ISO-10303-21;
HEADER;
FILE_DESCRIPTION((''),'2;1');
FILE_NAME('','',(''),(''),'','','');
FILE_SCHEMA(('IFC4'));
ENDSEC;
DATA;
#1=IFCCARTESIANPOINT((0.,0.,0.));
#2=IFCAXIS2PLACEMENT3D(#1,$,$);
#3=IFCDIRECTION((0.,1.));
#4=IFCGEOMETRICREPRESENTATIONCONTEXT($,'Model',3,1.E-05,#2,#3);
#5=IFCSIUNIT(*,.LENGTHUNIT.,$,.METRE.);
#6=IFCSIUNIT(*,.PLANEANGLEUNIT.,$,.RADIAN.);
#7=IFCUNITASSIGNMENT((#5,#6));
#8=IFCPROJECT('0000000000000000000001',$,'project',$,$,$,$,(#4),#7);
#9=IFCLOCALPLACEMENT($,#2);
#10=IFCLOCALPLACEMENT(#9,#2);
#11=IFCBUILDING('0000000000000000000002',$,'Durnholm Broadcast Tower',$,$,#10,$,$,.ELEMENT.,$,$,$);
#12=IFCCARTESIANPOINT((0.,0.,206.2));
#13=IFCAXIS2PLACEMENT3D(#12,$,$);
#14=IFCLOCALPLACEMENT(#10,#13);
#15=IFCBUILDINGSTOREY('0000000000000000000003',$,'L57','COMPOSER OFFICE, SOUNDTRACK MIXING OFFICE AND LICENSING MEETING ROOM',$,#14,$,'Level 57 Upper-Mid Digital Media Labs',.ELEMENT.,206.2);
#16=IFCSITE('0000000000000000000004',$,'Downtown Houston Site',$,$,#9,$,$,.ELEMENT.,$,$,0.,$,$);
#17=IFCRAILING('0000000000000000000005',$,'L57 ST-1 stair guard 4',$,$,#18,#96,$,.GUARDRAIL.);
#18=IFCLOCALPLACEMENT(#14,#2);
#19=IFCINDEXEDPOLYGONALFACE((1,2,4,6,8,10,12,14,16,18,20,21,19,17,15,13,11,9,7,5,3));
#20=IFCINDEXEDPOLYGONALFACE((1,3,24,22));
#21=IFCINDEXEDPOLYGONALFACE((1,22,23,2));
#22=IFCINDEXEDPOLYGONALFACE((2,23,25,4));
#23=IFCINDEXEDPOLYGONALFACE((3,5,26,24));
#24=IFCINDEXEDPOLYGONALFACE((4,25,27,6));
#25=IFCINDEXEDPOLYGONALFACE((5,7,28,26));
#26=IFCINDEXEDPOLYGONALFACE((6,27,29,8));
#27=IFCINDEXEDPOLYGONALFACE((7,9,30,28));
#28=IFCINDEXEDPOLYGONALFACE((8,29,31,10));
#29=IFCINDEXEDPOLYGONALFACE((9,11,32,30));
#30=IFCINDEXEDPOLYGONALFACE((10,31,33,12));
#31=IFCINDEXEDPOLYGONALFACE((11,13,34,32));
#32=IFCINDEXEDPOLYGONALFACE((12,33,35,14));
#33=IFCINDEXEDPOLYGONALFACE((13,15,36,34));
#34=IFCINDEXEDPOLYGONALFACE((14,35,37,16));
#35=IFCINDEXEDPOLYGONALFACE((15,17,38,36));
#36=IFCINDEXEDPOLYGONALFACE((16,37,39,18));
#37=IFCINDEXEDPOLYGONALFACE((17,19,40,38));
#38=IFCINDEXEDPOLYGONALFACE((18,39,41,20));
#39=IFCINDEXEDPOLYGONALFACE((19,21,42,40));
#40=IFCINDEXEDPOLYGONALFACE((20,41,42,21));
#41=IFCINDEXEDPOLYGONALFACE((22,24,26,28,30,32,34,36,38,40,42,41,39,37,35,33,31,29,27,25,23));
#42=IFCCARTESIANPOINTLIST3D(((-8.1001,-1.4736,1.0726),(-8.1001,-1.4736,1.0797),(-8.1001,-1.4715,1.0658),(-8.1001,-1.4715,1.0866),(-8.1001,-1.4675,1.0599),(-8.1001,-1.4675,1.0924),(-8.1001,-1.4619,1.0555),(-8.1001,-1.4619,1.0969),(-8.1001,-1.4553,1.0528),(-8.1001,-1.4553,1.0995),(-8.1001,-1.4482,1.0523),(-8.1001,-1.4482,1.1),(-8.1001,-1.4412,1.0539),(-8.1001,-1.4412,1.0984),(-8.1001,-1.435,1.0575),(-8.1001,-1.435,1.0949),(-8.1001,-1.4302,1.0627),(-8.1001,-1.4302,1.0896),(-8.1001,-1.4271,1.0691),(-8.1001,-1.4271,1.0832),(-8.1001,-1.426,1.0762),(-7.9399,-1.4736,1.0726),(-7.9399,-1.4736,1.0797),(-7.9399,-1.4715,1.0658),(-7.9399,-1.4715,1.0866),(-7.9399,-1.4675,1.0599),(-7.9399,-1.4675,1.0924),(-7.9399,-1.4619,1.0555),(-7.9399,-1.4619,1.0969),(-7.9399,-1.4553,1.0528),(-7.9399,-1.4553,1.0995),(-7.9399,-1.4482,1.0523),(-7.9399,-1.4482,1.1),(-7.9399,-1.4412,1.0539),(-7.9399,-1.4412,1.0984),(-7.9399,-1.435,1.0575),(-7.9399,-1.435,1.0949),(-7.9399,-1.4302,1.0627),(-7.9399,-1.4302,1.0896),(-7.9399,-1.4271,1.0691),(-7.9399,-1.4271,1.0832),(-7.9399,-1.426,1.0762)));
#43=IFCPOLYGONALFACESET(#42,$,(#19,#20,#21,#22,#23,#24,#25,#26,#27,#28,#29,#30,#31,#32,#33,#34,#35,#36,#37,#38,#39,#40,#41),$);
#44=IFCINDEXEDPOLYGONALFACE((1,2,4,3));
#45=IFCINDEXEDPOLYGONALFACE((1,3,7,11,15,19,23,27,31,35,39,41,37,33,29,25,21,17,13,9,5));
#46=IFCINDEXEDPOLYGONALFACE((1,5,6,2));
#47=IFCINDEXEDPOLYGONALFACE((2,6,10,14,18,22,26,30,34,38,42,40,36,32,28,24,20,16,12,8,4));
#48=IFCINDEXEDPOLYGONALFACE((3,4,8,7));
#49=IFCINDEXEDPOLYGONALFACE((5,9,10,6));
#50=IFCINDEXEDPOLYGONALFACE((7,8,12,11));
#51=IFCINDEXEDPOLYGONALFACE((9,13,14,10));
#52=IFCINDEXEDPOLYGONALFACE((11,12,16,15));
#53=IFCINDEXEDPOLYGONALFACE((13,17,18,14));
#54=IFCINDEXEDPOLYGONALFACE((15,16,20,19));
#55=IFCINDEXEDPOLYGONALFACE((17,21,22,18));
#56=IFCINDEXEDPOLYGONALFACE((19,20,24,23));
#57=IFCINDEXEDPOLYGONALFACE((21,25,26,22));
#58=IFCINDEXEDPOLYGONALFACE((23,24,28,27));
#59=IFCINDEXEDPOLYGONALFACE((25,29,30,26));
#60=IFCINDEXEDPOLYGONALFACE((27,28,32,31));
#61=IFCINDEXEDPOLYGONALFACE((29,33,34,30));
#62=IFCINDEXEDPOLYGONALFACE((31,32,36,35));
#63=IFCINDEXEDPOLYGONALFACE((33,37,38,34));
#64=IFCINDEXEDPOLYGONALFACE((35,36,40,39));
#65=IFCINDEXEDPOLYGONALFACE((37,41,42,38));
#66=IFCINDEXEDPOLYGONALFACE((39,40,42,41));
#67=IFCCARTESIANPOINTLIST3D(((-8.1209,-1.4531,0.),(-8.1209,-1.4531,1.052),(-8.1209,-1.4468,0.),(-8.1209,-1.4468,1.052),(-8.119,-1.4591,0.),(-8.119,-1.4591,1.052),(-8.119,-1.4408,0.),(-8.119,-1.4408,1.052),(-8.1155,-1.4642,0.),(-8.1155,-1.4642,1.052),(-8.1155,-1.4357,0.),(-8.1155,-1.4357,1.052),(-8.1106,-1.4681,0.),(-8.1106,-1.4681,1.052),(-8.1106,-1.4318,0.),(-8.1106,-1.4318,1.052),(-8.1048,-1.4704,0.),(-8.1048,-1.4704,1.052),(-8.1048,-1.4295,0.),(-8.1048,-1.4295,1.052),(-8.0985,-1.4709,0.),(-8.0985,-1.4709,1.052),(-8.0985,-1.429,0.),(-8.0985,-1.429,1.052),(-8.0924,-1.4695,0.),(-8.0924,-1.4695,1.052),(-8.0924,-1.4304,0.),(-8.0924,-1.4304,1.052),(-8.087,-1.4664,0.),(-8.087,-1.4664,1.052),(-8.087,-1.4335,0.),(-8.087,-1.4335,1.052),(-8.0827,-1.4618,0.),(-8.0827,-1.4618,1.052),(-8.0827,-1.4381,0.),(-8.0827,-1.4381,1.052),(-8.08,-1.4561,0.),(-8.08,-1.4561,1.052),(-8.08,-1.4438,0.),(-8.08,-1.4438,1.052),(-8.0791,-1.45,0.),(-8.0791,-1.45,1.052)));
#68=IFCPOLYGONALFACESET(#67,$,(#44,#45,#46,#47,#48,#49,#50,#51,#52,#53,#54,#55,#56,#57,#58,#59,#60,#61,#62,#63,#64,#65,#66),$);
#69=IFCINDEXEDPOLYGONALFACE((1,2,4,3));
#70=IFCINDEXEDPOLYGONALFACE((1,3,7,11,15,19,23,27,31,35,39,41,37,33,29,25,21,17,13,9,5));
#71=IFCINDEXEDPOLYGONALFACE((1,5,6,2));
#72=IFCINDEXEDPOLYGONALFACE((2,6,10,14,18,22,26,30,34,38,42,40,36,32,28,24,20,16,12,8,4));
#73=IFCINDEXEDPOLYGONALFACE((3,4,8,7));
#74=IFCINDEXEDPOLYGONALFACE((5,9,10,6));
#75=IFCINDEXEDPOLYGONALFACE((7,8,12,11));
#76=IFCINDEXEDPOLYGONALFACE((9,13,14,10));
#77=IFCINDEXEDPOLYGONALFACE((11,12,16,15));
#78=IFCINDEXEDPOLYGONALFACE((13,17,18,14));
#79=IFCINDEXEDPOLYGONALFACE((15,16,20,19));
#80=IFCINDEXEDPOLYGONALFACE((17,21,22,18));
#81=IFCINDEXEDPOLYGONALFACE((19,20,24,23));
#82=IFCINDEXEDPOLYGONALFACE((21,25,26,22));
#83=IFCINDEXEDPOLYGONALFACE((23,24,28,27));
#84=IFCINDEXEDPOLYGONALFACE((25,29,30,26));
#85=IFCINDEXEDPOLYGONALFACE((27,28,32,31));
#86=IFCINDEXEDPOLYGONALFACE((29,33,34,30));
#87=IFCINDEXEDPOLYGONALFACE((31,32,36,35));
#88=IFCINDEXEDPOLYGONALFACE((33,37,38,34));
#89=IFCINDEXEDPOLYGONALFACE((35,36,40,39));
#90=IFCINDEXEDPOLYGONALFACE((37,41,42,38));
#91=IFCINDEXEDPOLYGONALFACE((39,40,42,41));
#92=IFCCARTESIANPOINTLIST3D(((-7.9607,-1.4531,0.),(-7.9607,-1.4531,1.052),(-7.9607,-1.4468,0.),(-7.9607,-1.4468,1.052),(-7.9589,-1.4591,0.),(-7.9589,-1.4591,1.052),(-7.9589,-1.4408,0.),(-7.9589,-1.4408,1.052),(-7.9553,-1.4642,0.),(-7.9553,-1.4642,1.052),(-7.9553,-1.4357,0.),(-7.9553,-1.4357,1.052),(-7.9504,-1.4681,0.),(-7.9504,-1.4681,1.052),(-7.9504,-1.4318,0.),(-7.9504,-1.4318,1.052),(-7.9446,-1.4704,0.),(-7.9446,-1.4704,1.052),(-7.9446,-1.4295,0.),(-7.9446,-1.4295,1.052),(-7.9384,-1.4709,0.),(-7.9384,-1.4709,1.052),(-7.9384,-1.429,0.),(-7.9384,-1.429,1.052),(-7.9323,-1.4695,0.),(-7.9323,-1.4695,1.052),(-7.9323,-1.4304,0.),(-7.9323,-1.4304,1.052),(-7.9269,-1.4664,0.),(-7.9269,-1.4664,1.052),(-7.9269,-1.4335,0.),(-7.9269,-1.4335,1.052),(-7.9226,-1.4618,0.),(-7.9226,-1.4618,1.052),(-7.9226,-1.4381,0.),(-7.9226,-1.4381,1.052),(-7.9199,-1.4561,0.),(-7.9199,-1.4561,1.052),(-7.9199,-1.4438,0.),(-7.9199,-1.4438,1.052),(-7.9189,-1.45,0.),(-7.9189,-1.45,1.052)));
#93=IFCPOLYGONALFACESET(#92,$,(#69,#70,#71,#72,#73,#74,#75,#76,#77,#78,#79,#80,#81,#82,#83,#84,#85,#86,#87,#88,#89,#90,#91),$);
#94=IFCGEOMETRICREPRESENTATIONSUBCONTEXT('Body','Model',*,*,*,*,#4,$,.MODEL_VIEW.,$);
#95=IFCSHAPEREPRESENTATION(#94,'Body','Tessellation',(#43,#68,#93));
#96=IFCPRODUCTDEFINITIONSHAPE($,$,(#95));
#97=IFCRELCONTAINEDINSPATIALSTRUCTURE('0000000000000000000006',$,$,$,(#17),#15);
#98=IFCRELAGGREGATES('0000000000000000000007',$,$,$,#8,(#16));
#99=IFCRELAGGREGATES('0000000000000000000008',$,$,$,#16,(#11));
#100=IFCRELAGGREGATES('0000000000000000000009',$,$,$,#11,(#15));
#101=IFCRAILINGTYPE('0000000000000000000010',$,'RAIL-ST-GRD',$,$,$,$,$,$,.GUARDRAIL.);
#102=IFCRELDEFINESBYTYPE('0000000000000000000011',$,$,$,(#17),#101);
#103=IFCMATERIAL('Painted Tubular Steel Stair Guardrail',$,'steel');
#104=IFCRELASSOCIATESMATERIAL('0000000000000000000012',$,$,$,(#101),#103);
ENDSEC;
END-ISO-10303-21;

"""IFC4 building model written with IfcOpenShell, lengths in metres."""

from ifc_helpers import new_model, si_unit, direction, frame, origin, origin_2d, place, context, subcontext, project, spatial, circle, extrude, material, type_object, element, save


model = new_model("IFC4")

# Units and contexts
model_context = context("Model", 3, precision=1e-05, world=origin(), true_north=direction((0.0, 1.0)))
body_context = subcontext(model_context, "Body", "Model", "MODEL_VIEW")
ifc_project = project(units=[si_unit("LENGTHUNIT", "METRE"), si_unit("PLANEANGLEUNIT", "RADIAN")], contexts=[model_context])

# Site, building, storey
site_placement = place(None, origin())
site = spatial("IfcSite", under=ifc_project, at=site_placement, Name="Downtown Houston Site", CompositionType="ELEMENT", RefElevation=0.0)
building_placement = place(site_placement, origin())
building = spatial("IfcBuilding", under=site, at=building_placement, Name="Durnholm Broadcast Tower", CompositionType="ELEMENT")
storey_placement = place(building_placement, frame((0.0, 0.0, 206.2)))
storey = spatial("IfcBuildingStorey", under=building, at=storey_placement, Name="L57", Description="COMPOSER OFFICE, SOUNDTRACK MIXING OFFICE AND LICENSING MEETING ROOM", LongName="Level 57 Upper-Mid Digital Media Labs", CompositionType="ELEMENT", Elevation=206.2)

# Railing
ifc_material_1 = material(Name="Painted Tubular Steel Stair Guardrail", Category="steel")
railing_type_1 = type_object("IfcRailingType", Name="RAIL-ST-GRD", PredefinedType="GUARDRAIL", material=ifc_material_1)
railing_1_placement = place(storey_placement, frame((-8.1001, -1.45, 0.0)))
element("IfcRailing", 1, at=railing_1_placement, inside=storey, type_object=railing_type_1, Name="L57 ST-1 stair guard 4", PredefinedType="GUARDRAIL", context=body_context, shape_type="SweptSolid", body=[
    extrude(circle(Radius=0.0239, at=origin_2d()), frame((0.0, 0.0, 1.0762), z_axis=(1.0, 0.0, 0.0), x_axis=(0.0, 1.0, 0.0)), (0.0, 0.0, 1.0), 0.1602),
    extrude(circle(Radius=0.021, at=origin_2d()), origin(), (0.0, 0.0, 1.0), 1.052),
    extrude(circle(Radius=0.021, at=origin_2d()), frame((0.1602, 0.0, 0.0)), (0.0, 0.0, 1.0), 1.052),
])

save(model, "model.ifc")
